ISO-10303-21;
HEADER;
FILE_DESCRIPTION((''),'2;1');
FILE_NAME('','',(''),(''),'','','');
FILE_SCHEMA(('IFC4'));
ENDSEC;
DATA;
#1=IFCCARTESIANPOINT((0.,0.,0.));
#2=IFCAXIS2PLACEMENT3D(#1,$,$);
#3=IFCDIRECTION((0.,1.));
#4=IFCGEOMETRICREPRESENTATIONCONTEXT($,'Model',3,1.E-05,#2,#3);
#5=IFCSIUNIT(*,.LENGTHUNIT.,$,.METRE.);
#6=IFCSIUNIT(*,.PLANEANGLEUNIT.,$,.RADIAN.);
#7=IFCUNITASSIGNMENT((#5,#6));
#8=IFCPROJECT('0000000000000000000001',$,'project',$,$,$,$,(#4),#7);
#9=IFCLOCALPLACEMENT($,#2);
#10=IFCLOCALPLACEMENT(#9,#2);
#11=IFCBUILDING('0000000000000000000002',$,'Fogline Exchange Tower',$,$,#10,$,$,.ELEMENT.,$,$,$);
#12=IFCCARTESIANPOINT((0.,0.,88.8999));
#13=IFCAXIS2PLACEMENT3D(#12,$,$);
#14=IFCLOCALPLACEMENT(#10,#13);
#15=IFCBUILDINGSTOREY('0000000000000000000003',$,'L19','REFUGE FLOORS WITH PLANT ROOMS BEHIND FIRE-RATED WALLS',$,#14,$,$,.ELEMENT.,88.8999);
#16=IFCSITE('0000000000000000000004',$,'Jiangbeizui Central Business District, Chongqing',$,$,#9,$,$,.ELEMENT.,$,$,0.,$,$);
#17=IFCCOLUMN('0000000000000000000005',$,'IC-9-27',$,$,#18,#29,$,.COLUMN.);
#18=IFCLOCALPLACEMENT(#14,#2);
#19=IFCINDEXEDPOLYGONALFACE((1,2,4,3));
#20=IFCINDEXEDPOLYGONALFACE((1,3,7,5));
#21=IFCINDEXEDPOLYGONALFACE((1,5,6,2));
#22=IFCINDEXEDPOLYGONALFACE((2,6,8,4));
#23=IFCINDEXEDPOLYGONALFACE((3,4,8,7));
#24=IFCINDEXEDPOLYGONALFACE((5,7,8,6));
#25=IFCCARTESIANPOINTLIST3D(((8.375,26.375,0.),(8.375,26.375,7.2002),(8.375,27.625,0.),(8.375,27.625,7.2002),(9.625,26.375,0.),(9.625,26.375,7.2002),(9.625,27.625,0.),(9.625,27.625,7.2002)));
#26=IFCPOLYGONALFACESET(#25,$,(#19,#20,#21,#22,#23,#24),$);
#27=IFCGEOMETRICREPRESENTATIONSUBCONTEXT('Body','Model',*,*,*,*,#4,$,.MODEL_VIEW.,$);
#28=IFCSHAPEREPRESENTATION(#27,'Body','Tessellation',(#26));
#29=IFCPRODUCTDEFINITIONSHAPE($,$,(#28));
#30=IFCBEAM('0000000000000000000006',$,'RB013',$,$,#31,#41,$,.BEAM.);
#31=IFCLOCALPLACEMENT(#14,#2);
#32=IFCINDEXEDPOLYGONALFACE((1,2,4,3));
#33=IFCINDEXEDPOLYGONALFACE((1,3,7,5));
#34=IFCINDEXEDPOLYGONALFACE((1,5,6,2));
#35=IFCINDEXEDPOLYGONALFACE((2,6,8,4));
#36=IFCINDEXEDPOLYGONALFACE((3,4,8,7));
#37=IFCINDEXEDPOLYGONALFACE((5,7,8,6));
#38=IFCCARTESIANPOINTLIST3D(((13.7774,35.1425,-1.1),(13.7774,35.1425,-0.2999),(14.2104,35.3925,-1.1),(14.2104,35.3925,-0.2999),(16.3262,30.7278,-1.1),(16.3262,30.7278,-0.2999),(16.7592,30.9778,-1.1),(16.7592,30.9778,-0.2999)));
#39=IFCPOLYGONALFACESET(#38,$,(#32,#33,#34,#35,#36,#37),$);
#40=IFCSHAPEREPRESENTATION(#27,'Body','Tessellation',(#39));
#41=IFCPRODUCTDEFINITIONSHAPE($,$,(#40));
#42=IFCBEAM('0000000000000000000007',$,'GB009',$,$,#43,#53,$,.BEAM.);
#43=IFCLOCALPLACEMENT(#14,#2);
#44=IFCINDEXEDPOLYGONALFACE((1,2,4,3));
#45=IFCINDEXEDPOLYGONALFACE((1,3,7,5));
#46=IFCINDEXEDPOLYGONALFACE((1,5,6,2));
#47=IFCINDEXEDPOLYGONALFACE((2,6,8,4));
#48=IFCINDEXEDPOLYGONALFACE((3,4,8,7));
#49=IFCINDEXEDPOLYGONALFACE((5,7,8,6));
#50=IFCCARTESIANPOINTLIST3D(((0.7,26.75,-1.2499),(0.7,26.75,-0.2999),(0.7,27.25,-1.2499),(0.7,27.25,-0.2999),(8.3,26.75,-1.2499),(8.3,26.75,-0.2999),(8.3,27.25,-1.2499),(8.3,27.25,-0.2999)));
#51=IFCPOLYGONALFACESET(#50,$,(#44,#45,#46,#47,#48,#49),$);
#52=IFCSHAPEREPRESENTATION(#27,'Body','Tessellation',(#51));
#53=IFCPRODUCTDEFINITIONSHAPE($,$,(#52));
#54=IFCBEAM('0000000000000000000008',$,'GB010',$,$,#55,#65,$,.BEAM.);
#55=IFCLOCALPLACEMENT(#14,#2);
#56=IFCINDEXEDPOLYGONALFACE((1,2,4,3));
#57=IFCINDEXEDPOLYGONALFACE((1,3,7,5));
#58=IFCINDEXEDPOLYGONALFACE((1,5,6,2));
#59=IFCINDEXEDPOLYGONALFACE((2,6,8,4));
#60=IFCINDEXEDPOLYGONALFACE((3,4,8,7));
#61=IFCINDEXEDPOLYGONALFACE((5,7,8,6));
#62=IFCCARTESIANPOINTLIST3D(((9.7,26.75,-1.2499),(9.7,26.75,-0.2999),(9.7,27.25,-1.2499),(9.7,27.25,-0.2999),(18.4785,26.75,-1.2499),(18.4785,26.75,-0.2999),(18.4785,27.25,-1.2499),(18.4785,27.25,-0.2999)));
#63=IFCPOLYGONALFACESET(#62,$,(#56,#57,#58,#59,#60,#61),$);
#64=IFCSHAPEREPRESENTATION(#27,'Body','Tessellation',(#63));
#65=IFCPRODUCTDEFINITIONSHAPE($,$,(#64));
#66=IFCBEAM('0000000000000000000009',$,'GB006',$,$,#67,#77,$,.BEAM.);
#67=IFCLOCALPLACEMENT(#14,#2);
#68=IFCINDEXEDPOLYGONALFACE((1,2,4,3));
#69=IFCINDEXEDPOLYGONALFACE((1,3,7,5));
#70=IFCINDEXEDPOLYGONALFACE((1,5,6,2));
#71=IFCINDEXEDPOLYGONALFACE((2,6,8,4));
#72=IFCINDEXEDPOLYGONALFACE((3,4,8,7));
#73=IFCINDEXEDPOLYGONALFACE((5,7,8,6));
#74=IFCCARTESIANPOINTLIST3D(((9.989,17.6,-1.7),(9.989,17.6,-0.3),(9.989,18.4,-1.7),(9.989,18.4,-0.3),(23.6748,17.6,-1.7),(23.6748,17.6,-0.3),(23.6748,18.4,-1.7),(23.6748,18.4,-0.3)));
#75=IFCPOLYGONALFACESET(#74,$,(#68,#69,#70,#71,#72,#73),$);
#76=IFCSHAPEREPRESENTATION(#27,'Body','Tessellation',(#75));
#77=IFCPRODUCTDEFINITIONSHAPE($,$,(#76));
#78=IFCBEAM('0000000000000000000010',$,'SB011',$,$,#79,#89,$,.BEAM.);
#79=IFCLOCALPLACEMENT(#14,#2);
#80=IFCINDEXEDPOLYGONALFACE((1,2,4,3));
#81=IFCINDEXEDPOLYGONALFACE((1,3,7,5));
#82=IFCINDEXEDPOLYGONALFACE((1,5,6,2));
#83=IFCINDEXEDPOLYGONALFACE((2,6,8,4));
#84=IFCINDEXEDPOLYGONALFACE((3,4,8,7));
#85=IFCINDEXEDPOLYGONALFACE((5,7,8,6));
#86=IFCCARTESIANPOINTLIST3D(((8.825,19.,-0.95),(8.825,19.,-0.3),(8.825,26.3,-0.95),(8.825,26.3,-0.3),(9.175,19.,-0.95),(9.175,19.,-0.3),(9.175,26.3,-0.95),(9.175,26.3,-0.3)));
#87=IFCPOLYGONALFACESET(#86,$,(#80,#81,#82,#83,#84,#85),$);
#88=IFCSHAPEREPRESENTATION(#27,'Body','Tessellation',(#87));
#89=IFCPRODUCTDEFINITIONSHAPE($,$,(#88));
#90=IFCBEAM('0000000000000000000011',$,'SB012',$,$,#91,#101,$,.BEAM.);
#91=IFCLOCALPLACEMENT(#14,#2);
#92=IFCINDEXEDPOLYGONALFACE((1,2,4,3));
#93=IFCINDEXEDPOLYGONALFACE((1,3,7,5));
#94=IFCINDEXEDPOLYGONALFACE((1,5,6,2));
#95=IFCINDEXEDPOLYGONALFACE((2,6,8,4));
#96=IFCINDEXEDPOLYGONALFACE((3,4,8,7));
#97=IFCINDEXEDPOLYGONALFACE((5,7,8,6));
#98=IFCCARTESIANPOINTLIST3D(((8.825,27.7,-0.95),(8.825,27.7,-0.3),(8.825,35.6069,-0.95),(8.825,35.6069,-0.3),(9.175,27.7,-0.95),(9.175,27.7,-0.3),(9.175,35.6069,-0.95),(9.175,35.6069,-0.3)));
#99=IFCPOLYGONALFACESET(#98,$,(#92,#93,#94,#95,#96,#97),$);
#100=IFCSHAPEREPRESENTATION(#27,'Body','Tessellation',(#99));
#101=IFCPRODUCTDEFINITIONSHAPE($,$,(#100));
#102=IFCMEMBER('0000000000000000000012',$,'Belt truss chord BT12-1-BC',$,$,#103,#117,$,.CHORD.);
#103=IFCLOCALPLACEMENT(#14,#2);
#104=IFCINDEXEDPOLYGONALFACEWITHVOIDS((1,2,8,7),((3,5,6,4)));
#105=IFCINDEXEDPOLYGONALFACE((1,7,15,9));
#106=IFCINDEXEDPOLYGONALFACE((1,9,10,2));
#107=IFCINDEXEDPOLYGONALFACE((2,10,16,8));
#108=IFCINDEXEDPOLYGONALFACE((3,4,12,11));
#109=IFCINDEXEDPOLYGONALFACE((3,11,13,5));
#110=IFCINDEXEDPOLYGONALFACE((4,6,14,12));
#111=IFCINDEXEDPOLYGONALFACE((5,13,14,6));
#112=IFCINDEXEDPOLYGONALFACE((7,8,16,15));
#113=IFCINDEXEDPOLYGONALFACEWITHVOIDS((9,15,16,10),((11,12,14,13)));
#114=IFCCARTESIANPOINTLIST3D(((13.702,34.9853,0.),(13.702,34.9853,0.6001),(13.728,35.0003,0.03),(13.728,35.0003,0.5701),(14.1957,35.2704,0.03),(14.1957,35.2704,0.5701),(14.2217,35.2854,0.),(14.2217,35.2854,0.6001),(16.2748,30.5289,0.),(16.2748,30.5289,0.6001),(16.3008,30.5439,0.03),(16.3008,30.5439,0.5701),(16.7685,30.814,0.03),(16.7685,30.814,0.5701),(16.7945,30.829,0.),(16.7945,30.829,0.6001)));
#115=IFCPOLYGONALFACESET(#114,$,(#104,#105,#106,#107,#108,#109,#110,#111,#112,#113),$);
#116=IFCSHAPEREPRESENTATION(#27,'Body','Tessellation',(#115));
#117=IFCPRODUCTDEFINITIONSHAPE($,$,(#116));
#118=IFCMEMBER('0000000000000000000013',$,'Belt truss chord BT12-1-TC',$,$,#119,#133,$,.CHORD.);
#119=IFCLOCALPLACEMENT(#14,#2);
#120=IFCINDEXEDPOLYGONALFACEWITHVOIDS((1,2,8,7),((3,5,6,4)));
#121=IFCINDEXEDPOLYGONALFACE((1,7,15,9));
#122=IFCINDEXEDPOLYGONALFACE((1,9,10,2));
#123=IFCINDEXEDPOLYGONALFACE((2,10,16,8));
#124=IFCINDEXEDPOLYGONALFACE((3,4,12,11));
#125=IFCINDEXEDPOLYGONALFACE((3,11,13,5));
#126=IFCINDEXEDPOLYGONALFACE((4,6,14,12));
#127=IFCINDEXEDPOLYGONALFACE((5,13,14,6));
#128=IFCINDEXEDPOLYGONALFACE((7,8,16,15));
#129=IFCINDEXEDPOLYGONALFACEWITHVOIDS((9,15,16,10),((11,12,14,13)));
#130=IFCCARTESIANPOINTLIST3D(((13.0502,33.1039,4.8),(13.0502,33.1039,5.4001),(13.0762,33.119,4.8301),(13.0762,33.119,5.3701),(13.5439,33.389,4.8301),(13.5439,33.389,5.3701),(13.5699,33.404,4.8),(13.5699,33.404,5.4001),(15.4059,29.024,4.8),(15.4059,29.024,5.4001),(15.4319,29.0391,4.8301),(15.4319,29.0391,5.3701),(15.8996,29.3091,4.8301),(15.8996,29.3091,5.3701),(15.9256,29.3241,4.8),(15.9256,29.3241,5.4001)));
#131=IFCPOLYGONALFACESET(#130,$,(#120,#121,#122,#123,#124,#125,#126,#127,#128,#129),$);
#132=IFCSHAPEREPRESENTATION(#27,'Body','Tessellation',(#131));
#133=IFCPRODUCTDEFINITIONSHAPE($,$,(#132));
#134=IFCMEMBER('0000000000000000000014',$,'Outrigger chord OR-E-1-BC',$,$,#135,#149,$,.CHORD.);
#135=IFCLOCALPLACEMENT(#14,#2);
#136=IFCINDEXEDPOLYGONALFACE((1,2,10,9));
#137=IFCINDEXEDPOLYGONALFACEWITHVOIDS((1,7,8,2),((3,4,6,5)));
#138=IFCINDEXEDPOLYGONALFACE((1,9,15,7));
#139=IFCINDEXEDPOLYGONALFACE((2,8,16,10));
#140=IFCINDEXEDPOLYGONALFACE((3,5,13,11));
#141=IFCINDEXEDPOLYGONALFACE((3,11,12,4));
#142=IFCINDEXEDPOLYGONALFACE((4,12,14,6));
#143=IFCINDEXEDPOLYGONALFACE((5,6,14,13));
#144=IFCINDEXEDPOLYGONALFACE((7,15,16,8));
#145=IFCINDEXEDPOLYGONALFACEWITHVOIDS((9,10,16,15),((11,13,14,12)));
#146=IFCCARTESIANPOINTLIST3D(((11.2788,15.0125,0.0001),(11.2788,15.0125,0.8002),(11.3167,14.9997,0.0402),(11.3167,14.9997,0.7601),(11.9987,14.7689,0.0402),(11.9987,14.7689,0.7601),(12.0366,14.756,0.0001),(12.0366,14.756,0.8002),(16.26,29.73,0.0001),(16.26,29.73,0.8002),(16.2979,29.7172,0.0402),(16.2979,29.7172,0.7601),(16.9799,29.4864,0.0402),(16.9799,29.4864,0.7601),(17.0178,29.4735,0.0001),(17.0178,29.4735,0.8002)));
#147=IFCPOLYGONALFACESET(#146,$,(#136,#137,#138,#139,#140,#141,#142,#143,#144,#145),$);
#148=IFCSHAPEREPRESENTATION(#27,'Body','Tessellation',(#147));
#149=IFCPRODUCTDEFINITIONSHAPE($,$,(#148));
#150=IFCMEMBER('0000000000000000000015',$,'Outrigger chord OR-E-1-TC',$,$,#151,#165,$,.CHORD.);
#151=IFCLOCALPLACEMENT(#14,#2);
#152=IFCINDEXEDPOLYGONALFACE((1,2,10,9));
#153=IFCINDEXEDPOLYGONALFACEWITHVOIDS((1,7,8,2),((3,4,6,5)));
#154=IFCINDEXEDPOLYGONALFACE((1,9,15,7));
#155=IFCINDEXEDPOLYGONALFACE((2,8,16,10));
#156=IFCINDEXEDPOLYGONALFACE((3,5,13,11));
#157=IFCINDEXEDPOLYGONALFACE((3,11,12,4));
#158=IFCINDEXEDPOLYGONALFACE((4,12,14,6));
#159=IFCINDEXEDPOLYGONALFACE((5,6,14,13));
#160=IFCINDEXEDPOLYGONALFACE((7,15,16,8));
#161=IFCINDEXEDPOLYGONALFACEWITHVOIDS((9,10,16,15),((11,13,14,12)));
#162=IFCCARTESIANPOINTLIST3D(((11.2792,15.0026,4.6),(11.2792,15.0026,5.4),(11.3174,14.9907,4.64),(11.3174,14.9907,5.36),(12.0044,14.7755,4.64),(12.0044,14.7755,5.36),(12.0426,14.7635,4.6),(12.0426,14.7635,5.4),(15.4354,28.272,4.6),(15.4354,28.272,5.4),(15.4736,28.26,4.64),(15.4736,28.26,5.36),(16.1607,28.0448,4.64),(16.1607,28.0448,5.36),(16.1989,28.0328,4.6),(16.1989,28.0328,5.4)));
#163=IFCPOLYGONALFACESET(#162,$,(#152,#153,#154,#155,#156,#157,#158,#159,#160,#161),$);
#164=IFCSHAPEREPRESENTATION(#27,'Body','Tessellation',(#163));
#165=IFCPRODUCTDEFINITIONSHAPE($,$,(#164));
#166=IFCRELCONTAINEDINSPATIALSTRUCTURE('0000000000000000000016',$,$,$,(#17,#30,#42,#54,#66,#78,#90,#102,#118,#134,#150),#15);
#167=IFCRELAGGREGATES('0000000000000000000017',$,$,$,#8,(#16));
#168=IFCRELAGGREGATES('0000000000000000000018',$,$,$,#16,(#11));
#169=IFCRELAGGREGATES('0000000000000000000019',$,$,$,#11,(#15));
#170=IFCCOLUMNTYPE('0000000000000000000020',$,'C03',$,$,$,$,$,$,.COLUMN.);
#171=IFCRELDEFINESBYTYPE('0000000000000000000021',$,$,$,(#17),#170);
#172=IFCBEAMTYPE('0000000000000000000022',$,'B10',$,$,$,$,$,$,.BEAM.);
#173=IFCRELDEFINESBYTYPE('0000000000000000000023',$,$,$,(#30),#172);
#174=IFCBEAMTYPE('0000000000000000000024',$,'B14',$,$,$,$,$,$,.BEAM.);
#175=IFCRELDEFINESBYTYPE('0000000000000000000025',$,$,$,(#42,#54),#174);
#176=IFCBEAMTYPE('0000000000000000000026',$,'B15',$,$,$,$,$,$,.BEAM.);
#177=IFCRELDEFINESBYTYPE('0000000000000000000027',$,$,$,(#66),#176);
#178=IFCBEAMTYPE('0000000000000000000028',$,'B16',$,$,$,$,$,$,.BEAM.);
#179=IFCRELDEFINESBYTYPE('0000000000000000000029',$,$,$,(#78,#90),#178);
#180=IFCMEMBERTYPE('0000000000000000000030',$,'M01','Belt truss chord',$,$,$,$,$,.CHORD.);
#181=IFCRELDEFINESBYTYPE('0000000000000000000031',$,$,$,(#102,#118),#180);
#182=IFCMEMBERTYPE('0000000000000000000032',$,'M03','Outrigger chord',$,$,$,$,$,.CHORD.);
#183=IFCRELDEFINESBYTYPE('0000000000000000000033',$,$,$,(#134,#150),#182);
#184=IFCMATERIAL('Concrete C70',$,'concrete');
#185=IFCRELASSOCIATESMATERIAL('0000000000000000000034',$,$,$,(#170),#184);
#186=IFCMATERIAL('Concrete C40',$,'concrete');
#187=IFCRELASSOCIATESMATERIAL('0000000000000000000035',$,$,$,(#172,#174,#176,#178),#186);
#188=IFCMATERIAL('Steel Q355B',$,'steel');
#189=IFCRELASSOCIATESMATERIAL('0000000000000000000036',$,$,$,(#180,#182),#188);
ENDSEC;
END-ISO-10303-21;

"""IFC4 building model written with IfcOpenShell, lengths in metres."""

from ifc_helpers import new_model, si_unit, direction, frame, origin, origin_2d, place, context, subcontext, project, spatial, rectangle, hollow_rectangle, extrude, material, material_profile, profile_set, type_object, element, save


model = new_model("IFC4")

# Units and contexts
model_context = context("Model", 3, precision=1e-05, world=origin(), true_north=direction((0.0, 1.0)))
body_context = subcontext(model_context, "Body", "Model", "MODEL_VIEW")
ifc_project = project(units=[si_unit("LENGTHUNIT", "METRE"), si_unit("PLANEANGLEUNIT", "RADIAN")], contexts=[model_context])

# Site, building, storey
site_placement = place(None, origin())
site = spatial("IfcSite", under=ifc_project, at=site_placement, Name="Jiangbeizui Central Business District, Chongqing", CompositionType="ELEMENT", RefElevation=0.0)
building_placement = place(site_placement, origin())
building = spatial("IfcBuilding", under=site, at=building_placement, Name="Fogline Exchange Tower", CompositionType="ELEMENT")
storey_placement = place(building_placement, frame((0.0, 0.0, 88.8999)))
storey = spatial("IfcBuildingStorey", under=building, at=storey_placement, Name="L19", Description="REFUGE FLOORS WITH PLANT ROOMS BEHIND FIRE-RATED WALLS", CompositionType="ELEMENT", Elevation=88.8999)

# Column
ifc_material_1 = material(Name="Concrete C70", Category="concrete")
ifc_material_profile_1 = material_profile(ifc_material_1, rectangle(XDim=1.25, YDim=1.25, at=origin_2d()), Name="RC 1250x1250")
ifc_profile_set_1 = profile_set([ifc_material_profile_1], Name="Concrete C70")
column_type = type_object("IfcColumnType", Name="C03", PredefinedType="COLUMN", material=ifc_profile_set_1)
column_placement = place(storey_placement, frame((9.0, 27.0, 0.0), z_axis=(0.0, 0.0, 1.0), x_axis=(1.0, 0.0, 0.0)))
element("IfcColumn", 1, at=column_placement, inside=storey, type_object=column_type, Name="IC-9-27", PredefinedType="COLUMN", context=body_context, shape_type="SweptSolid", body=[
    extrude(rectangle(XDim=1.25, YDim=1.25, at=origin_2d()), origin(), (0.0, 0.0, 1.0), 7.2002),
])

# Beams
ifc_material_2 = material(Name="Concrete C40", Category="concrete")
ifc_material_profile_2 = material_profile(ifc_material_2, rectangle(XDim=0.5, YDim=0.8, at=origin_2d()), Name="RC 500x800")
ifc_profile_set_2 = profile_set([ifc_material_profile_2], Name="Concrete C40")
beam_type_1 = type_object("IfcBeamType", Name="B10", PredefinedType="BEAM", material=ifc_profile_set_2)
beam_1_placement = place(storey_placement, frame((16.5427, 30.8528, -0.7), z_axis=(-0.499992, 0.86603, 0.0), x_axis=(-0.86603, -0.499992, 0.0)))
element("IfcBeam", 2, at=beam_1_placement, inside=storey, type_object=beam_type_1, Name="RB013", PredefinedType="BEAM", context=body_context, shape_type="SweptSolid", body=[
    extrude(rectangle(XDim=0.5, YDim=0.8, at=origin_2d()), origin(), (0.0, 0.0, 1.0), 5.0977),
])
ifc_material_profile_3 = material_profile(ifc_material_2, rectangle(XDim=0.5, YDim=0.95, at=origin_2d()), Name="RC 500x950")
ifc_profile_set_3 = profile_set([ifc_material_profile_3], Name="Concrete C40")
beam_type_2 = type_object("IfcBeamType", Name="B14", PredefinedType="BEAM", material=ifc_profile_set_3)
beam_2_placement = place(storey_placement, frame((0.7, 27.0, -0.7749), z_axis=(1.0, 0.0, 0.0), x_axis=(0.0, 1.0, 0.0)))
element("IfcBeam", 3, at=beam_2_placement, inside=storey, type_object=beam_type_2, Name="GB009", PredefinedType="BEAM", context=body_context, shape_type="SweptSolid", body=[
    extrude(rectangle(XDim=0.5, YDim=0.95, at=origin_2d()), origin(), (0.0, 0.0, 1.0), 7.6001),
])
beam_3_placement = place(storey_placement, frame((9.7, 27.0, -0.7749), z_axis=(1.0, 0.0, 0.0), x_axis=(0.0, 1.0, 0.0)))
element("IfcBeam", 4, at=beam_3_placement, inside=storey, type_object=beam_type_2, Name="GB010", PredefinedType="BEAM", context=body_context, shape_type="SweptSolid", body=[
    extrude(rectangle(XDim=0.5, YDim=0.95, at=origin_2d()), origin(), (0.0, 0.0, 1.0), 8.7786),
])
ifc_material_profile_4 = material_profile(ifc_material_2, rectangle(XDim=0.8, YDim=1.3999, at=origin_2d()), Name="RC 800x1400")
ifc_profile_set_4 = profile_set([ifc_material_profile_4], Name="Concrete C40")
beam_type_3 = type_object("IfcBeamType", Name="B15", PredefinedType="BEAM", material=ifc_profile_set_4)
beam_4_placement = place(storey_placement, frame((9.989, 18.0, -1.0), z_axis=(1.0, 0.0, 0.0), x_axis=(0.0, 1.0, 0.0)))
element("IfcBeam", 5, at=beam_4_placement, inside=storey, type_object=beam_type_3, Name="GB006", PredefinedType="BEAM", context=body_context, shape_type="SweptSolid", body=[
    extrude(rectangle(XDim=0.8, YDim=1.3999, at=origin_2d()), origin(), (0.0, 0.0, 1.0), 13.6858),
])
ifc_material_profile_5 = material_profile(ifc_material_2, rectangle(XDim=0.3501, YDim=0.6499, at=origin_2d()), Name="RC 350x650")
ifc_profile_set_5 = profile_set([ifc_material_profile_5], Name="Concrete C40")
beam_type_4 = type_object("IfcBeamType", Name="B16", PredefinedType="BEAM", material=ifc_profile_set_5)
beam_5_placement = place(storey_placement, frame((9.0, 19.0, -0.625), z_axis=(0.0, 1.0, 0.0), x_axis=(-1.0, 0.0, 0.0)))
element("IfcBeam", 6, at=beam_5_placement, inside=storey, type_object=beam_type_4, Name="SB011", PredefinedType="BEAM", context=body_context, shape_type="SweptSolid", body=[
    extrude(rectangle(XDim=0.3501, YDim=0.6499, at=origin_2d()), origin(), (0.0, 0.0, 1.0), 7.3),
])
beam_6_placement = place(storey_placement, frame((9.0, 27.7, -0.625), z_axis=(0.0, 1.0, 0.0), x_axis=(-1.0, 0.0, 0.0)))
element("IfcBeam", 7, at=beam_6_placement, inside=storey, type_object=beam_type_4, Name="SB012", PredefinedType="BEAM", context=body_context, shape_type="SweptSolid", body=[
    extrude(rectangle(XDim=0.3501, YDim=0.6499, at=origin_2d()), origin(), (0.0, 0.0, 1.0), 7.907),
])

# Members
ifc_material_3 = material(Name="Steel Q355B", Category="steel")
ifc_material_profile_6 = material_profile(ifc_material_3, hollow_rectangle(XDim=0.6001, YDim=0.6001, WallThickness=0.03, at=origin_2d()), Name="BOX600X600X30")
ifc_profile_set_6 = profile_set([ifc_material_profile_6], Name="Steel Q355B")
member_type_1 = type_object("IfcMemberType", Name="M01", Description="Belt truss chord", PredefinedType="CHORD", material=ifc_profile_set_6)
member_1_placement = place(storey_placement, frame((16.5347, 30.679, 0.3), z_axis=(-0.499987, 0.866033, 0.0), x_axis=(-0.866033, -0.499987, 0.0)))
element("IfcMember", 8, at=member_1_placement, inside=storey, type_object=member_type_1, Name="Belt truss chord BT12-1-BC", PredefinedType="CHORD", context=body_context, shape_type="SweptSolid", body=[
    extrude(hollow_rectangle(XDim=0.6001, YDim=0.6001, WallThickness=0.03, at=origin_2d()), origin(), (0.0, 0.0, 1.0), 5.1458),
])
member_2_placement = place(storey_placement, frame((15.6658, 29.1741, 5.1001), z_axis=(-0.500035, 0.866005, 0.0), x_axis=(-0.866005, -0.500035, 0.0)))
element("IfcMember", 9, at=member_2_placement, inside=storey, type_object=member_type_1, Name="Belt truss chord BT12-1-TC", PredefinedType="CHORD", context=body_context, shape_type="SweptSolid", body=[
    extrude(hollow_rectangle(XDim=0.6001, YDim=0.6001, WallThickness=0.03, at=origin_2d()), origin(), (0.0, 0.0, 1.0), 4.7112),
])
ifc_material_profile_7 = material_profile(ifc_material_3, hollow_rectangle(XDim=0.8, YDim=0.8, WallThickness=0.04, at=origin_2d()), Name="BOX800X800X40")
ifc_profile_set_7 = profile_set([ifc_material_profile_7], Name="Steel Q355B")
member_type_2 = type_object("IfcMemberType", Name="M03", Description="Outrigger chord", PredefinedType="CHORD", material=ifc_profile_set_7)
member_3_placement = place(storey_placement, frame((11.6577, 14.8843, 0.4001), z_axis=(0.320589, 0.947218, 0.0), x_axis=(-0.947218, 0.320589, 0.0)))
element("IfcMember", 10, at=member_3_placement, inside=storey, type_object=member_type_2, Name="Outrigger chord OR-E-1-BC", PredefinedType="CHORD", context=body_context, shape_type="SweptSolid", body=[
    extrude(hollow_rectangle(XDim=0.8, YDim=0.8, WallThickness=0.04, at=origin_2d()), origin(), (0.0, 0.0, 1.0), 15.5376),
])
member_4_placement = place(storey_placement, frame((11.6609, 14.8831, 5.0), z_axis=(0.298904, 0.954283, 0.0), x_axis=(-0.954283, 0.298904, 0.0)))
element("IfcMember", 11, at=member_4_placement, inside=storey, type_object=member_type_2, Name="Outrigger chord OR-E-1-TC", PredefinedType="CHORD", context=body_context, shape_type="SweptSolid", body=[
    extrude(hollow_rectangle(XDim=0.8, YDim=0.8, WallThickness=0.04, at=origin_2d()), origin(), (0.0, 0.0, 1.0), 13.905),
])

save(model, "model.ifc")
